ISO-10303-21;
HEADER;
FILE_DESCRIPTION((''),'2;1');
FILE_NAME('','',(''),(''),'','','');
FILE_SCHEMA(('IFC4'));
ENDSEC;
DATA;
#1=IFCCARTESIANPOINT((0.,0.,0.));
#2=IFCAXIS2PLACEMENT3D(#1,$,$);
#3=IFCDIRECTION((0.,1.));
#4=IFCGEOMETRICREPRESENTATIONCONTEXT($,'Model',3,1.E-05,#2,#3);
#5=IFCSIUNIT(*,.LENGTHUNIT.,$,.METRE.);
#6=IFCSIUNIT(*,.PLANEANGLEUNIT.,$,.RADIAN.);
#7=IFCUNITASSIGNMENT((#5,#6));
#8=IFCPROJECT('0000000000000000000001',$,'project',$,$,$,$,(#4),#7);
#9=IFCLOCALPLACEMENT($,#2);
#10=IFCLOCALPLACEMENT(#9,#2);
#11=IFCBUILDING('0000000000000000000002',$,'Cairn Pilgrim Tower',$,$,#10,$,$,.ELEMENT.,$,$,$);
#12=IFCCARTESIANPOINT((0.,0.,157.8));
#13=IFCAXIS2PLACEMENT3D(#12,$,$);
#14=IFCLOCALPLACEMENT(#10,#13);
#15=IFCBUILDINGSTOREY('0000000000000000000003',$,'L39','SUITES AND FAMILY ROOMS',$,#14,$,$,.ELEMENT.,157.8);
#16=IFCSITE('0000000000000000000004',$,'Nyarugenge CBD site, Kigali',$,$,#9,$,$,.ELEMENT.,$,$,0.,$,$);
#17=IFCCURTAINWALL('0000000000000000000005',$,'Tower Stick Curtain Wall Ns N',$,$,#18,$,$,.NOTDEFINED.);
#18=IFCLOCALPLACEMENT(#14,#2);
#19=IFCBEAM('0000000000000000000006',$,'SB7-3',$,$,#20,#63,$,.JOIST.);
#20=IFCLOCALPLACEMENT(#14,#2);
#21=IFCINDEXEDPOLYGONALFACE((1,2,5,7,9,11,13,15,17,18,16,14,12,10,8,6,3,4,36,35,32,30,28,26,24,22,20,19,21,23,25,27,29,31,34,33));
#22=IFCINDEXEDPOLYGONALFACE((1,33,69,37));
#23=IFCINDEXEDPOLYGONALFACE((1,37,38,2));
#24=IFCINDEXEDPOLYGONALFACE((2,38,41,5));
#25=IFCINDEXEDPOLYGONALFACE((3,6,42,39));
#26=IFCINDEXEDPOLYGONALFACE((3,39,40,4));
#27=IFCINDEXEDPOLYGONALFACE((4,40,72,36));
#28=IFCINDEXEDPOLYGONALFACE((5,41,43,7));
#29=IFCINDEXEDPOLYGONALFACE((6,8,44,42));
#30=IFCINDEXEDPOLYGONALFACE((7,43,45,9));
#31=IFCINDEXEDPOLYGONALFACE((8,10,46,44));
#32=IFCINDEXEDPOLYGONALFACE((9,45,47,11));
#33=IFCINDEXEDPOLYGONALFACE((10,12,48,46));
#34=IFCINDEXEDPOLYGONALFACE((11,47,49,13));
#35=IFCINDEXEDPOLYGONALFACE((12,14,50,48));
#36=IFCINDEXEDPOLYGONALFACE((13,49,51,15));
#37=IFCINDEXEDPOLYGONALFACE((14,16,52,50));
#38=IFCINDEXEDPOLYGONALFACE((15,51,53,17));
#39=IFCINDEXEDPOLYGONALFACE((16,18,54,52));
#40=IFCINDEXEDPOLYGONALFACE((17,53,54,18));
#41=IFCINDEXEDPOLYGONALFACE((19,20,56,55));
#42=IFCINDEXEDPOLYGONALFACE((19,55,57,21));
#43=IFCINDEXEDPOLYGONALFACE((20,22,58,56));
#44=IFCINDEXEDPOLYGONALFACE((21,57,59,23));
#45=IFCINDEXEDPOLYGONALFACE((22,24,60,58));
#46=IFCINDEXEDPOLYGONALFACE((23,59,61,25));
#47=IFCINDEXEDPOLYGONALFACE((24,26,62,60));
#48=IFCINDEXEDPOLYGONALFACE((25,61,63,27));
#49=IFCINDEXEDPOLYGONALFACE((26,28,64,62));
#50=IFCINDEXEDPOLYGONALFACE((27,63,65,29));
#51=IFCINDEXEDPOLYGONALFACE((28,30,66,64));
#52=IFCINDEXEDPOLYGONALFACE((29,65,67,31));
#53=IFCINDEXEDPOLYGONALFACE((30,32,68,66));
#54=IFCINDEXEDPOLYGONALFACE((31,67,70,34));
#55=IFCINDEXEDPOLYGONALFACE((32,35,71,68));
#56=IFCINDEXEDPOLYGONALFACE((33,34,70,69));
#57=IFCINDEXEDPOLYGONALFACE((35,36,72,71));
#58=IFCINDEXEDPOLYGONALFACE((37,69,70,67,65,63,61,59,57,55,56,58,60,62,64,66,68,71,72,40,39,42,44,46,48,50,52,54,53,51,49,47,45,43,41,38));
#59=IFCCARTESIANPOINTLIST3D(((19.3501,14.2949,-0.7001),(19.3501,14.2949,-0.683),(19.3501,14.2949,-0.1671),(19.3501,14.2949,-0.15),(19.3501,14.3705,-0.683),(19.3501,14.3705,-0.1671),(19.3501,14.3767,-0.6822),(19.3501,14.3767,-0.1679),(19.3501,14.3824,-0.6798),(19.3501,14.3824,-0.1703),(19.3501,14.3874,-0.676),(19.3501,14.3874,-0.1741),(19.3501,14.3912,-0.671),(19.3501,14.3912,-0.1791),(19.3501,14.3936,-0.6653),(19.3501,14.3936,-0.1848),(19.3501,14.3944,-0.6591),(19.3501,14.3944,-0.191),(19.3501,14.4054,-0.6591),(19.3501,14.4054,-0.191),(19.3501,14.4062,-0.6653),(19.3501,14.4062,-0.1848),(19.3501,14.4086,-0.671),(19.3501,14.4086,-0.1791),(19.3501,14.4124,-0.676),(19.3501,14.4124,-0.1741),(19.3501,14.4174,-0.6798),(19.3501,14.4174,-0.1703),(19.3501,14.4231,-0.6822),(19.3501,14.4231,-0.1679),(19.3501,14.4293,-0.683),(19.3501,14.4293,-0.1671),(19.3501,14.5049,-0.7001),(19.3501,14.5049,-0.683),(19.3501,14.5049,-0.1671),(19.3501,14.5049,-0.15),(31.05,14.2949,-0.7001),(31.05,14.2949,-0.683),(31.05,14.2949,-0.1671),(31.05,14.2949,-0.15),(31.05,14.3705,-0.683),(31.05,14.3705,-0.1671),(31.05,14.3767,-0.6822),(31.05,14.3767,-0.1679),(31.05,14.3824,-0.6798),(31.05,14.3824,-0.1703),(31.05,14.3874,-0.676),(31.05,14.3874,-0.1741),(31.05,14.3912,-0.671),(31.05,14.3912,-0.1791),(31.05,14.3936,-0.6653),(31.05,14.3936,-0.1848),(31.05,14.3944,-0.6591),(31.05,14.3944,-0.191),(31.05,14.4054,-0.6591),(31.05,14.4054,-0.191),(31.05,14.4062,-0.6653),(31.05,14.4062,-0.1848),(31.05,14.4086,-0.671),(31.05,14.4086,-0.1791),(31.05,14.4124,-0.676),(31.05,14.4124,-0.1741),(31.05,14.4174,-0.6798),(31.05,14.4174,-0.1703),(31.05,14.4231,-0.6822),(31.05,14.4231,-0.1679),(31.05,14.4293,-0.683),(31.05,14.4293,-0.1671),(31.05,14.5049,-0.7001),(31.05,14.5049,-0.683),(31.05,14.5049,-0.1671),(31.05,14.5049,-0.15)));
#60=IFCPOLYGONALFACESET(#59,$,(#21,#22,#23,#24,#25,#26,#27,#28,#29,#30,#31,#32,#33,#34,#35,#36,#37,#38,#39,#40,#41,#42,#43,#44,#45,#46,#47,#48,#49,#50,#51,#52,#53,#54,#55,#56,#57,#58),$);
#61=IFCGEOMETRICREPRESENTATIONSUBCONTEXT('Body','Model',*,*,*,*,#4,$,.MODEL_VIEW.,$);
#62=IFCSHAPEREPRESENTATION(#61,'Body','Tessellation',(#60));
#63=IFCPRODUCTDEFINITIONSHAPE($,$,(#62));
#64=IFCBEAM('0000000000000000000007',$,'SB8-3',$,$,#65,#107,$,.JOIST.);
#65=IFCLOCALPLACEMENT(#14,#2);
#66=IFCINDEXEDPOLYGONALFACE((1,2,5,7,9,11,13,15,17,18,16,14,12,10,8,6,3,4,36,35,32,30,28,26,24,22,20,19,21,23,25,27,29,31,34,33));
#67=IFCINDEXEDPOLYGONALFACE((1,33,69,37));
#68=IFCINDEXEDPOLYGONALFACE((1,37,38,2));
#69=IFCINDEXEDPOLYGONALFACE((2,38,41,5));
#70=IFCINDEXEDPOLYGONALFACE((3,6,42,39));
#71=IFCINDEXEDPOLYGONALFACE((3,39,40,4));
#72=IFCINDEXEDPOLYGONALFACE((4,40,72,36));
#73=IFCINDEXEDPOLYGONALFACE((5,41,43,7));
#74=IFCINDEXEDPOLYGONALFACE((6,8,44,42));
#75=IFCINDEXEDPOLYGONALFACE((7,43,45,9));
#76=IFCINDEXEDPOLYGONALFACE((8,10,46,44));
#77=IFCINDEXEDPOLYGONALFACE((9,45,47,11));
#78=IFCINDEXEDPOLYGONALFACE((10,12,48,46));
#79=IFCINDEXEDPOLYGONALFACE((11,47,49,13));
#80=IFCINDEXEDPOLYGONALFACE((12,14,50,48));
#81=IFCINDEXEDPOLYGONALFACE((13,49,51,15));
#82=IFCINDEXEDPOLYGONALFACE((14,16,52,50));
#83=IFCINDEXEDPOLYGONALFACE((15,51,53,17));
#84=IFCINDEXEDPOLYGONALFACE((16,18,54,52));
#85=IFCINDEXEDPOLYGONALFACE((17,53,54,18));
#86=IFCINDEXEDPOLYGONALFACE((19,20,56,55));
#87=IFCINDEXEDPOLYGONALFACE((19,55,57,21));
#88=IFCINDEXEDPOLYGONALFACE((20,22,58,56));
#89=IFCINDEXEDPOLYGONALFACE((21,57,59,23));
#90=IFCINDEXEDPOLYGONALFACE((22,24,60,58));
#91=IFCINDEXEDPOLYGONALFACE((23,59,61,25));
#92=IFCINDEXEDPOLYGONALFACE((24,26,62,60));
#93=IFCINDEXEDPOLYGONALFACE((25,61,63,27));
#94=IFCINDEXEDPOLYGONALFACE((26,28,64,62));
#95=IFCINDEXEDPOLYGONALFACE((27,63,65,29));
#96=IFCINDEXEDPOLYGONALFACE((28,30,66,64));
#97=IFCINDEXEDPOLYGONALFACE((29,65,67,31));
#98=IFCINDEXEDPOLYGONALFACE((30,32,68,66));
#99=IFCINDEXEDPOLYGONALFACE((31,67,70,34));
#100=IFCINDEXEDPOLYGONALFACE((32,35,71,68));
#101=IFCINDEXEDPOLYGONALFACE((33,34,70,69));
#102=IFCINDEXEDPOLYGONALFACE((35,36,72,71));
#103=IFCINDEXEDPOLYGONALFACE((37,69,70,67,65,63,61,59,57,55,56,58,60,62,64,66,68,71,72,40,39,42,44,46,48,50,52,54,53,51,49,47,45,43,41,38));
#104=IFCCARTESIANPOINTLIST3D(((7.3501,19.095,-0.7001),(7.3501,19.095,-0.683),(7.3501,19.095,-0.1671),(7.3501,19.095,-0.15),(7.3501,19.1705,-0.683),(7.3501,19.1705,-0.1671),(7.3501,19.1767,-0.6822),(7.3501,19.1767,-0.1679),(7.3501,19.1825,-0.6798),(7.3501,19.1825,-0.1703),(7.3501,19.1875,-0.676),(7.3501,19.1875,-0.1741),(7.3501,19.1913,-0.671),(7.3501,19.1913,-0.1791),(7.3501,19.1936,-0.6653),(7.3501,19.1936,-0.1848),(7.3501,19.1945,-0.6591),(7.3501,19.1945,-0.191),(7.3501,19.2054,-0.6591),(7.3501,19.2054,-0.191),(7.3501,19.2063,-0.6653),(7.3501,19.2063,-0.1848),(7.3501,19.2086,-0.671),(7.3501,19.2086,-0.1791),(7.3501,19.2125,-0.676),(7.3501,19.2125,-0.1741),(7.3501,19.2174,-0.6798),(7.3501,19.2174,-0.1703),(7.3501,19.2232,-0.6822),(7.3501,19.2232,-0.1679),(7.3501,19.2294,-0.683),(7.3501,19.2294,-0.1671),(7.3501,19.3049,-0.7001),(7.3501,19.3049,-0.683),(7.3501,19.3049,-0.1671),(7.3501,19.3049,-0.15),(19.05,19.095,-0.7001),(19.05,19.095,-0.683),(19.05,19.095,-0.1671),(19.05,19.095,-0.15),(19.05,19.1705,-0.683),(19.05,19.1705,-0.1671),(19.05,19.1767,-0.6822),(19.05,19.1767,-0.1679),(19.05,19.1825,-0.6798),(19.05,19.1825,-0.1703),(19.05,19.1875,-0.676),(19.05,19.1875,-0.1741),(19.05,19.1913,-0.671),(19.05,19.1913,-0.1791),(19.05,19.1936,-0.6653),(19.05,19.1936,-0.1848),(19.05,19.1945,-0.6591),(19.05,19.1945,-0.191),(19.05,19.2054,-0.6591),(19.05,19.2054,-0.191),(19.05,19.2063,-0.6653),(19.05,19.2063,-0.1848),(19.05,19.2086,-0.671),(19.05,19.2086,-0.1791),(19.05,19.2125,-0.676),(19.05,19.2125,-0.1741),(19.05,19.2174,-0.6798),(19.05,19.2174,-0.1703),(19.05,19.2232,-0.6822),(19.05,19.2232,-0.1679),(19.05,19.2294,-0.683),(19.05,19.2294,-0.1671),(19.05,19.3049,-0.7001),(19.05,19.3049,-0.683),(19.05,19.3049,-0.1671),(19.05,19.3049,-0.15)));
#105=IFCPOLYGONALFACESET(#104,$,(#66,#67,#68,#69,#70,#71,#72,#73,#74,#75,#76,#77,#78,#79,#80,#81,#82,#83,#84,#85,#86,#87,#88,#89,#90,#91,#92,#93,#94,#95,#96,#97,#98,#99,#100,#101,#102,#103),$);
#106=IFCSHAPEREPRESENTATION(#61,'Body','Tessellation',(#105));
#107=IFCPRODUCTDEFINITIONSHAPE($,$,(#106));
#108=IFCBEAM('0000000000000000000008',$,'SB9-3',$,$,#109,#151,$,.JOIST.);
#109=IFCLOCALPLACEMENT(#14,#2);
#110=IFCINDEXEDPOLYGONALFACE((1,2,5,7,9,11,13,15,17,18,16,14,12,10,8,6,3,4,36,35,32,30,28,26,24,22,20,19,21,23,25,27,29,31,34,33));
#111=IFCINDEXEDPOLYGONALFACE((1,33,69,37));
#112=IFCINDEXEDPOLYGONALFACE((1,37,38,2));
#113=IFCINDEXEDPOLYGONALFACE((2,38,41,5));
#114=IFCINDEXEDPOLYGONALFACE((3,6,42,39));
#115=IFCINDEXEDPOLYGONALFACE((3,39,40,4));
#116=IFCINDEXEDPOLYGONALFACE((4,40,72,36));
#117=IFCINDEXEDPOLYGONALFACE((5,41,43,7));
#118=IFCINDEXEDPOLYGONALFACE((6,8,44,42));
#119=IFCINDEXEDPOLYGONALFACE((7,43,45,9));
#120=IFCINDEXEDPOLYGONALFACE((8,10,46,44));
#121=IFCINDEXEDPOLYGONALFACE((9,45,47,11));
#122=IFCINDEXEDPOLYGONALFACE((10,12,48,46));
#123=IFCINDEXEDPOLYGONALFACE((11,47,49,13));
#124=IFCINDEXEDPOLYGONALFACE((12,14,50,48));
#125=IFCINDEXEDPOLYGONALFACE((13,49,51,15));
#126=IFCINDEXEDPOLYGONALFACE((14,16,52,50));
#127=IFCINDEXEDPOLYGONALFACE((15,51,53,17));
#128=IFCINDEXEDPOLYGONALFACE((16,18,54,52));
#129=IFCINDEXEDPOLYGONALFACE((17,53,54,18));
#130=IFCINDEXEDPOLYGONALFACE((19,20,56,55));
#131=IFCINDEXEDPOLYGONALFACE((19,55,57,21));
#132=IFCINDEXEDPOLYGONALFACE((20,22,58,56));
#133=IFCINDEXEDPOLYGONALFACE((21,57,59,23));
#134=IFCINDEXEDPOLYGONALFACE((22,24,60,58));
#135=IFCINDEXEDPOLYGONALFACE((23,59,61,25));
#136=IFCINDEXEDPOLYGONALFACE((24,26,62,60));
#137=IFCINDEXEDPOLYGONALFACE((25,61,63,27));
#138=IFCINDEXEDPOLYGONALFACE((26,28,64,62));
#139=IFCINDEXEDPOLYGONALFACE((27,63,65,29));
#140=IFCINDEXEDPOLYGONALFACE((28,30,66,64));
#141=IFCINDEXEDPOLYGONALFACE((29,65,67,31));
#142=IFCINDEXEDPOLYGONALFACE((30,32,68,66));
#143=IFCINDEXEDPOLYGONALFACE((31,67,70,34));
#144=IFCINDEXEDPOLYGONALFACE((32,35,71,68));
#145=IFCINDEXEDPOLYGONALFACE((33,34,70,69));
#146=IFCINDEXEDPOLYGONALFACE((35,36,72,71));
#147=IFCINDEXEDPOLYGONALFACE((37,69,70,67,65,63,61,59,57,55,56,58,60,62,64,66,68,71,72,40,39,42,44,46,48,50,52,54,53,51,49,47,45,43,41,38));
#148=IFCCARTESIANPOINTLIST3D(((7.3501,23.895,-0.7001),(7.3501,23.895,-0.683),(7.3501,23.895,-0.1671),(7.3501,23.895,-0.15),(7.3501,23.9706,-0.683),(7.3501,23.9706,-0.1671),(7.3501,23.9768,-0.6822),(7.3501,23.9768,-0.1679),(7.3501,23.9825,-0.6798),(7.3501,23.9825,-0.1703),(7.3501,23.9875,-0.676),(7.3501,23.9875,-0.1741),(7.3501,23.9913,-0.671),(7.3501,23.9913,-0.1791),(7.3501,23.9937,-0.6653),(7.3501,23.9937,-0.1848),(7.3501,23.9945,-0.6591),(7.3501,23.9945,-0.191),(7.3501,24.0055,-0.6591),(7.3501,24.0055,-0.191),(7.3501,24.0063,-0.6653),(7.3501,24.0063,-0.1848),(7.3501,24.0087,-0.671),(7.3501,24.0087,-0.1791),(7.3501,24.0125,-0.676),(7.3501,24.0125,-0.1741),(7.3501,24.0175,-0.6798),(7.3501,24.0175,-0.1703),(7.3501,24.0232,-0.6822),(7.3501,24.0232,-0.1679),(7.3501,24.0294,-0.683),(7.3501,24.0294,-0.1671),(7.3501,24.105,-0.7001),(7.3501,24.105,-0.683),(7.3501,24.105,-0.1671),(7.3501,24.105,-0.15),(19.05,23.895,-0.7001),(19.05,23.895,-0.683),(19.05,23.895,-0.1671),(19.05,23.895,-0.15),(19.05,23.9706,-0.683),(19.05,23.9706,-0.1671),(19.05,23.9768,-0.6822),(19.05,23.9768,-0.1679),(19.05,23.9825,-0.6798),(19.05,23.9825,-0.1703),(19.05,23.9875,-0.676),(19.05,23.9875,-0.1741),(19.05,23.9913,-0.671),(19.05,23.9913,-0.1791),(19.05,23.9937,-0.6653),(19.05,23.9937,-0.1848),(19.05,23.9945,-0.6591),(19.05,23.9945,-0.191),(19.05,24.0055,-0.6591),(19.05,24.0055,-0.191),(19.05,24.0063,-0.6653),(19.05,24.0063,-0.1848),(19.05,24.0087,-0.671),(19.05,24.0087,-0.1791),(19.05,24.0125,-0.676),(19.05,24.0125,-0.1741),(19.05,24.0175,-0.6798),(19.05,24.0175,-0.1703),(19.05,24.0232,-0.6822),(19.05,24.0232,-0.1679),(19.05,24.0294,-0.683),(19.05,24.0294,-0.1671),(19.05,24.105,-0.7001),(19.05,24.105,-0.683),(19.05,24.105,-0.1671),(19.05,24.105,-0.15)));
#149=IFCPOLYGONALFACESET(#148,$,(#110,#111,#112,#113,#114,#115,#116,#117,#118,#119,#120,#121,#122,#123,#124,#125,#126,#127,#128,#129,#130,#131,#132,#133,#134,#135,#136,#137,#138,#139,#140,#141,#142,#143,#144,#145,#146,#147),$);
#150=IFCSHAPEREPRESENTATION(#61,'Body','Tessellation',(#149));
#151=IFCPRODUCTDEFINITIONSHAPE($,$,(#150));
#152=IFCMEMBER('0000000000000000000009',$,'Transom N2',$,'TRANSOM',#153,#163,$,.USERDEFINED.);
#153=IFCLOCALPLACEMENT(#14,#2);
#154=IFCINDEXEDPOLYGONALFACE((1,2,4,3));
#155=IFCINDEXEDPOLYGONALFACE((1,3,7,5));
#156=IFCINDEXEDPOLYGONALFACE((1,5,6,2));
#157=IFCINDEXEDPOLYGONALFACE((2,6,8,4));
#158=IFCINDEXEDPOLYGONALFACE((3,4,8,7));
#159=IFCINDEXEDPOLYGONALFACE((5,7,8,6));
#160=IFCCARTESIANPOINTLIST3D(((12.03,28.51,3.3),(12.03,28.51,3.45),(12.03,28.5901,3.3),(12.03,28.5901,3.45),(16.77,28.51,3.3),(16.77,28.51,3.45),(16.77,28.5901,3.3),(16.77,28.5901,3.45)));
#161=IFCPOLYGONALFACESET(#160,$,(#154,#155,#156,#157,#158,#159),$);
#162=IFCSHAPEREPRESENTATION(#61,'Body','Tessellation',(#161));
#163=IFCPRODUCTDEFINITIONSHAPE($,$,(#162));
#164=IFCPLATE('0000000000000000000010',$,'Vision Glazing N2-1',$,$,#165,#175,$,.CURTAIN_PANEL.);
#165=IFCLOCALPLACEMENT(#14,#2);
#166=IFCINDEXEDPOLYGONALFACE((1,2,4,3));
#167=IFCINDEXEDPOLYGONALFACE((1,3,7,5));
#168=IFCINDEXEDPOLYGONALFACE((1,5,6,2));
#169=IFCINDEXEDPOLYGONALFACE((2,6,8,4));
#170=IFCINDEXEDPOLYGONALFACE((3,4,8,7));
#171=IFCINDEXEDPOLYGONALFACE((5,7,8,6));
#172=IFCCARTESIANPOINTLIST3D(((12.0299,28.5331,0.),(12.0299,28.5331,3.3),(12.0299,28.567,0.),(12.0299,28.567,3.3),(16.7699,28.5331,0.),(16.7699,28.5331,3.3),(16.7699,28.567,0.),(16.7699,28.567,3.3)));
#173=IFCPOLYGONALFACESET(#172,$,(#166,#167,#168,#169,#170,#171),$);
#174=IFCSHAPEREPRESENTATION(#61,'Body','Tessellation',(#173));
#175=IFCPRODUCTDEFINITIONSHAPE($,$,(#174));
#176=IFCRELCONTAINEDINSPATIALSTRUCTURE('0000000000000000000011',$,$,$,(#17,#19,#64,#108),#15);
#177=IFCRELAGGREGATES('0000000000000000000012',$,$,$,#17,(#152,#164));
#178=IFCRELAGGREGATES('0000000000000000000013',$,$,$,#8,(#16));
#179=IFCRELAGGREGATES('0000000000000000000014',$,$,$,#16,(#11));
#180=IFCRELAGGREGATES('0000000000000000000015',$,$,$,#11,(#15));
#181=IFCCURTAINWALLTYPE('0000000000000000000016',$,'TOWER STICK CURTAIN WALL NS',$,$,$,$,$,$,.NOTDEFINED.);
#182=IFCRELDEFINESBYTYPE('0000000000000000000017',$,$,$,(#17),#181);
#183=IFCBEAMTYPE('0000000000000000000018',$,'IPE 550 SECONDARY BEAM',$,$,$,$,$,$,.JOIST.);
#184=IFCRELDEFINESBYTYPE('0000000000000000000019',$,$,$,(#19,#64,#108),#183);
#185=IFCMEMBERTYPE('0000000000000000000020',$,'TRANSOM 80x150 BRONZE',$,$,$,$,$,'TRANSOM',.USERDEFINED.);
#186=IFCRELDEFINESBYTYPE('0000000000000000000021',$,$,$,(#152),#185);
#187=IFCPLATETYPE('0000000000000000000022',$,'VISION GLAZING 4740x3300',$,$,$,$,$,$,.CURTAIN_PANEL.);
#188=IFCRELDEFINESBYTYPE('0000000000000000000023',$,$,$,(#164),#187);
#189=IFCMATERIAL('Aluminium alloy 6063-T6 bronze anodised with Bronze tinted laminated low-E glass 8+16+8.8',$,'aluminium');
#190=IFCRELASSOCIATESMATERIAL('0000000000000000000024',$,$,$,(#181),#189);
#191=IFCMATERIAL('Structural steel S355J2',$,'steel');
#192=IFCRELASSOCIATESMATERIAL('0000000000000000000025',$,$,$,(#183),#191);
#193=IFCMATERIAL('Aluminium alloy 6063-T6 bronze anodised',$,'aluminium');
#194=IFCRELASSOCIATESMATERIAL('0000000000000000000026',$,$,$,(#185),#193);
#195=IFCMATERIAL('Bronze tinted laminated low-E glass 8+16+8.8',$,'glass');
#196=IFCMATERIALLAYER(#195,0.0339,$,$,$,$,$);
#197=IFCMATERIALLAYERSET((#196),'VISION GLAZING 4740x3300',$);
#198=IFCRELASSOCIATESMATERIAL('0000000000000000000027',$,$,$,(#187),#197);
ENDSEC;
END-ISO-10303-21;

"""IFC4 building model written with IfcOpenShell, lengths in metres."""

from ifc_helpers import new_model, si_unit, direction, frame, origin, origin_2d, place, context, subcontext, project, spatial, rectangle, i_section, extrude, material, layer, layer_set, material_profile, profile_set, type_object, element, aggregate, save


model = new_model("IFC4")

# Units and contexts
model_context = context("Model", 3, precision=1e-05, world=origin(), true_north=direction((0.0, 1.0)))
body_context = subcontext(model_context, "Body", "Model", "MODEL_VIEW")
ifc_project = project(units=[si_unit("LENGTHUNIT", "METRE"), si_unit("PLANEANGLEUNIT", "RADIAN")], contexts=[model_context])

# Site, building, storey
site_placement = place(None, origin())
site = spatial("IfcSite", under=ifc_project, at=site_placement, Name="Nyarugenge CBD site, Kigali", CompositionType="ELEMENT", RefElevation=0.0)
building_placement = place(site_placement, origin())
building = spatial("IfcBuilding", under=site, at=building_placement, Name="Cairn Pilgrim Tower", CompositionType="ELEMENT")
storey_placement = place(building_placement, frame((0.0, 0.0, 157.8)))
storey = spatial("IfcBuildingStorey", under=building, at=storey_placement, Name="L39", Description="SUITES AND FAMILY ROOMS", CompositionType="ELEMENT", Elevation=157.8)

# Curtain wall
ifc_material_1 = material(Name="Aluminium alloy 6063-T6 bronze anodised with Bronze tinted laminated low-E glass 8+16+8.8", Category="aluminium")
curtain_wall_type = type_object("IfcCurtainWallType", Name="TOWER STICK CURTAIN WALL NS", PredefinedType="NOTDEFINED", material=ifc_material_1)
curtain_wall_placement = place(storey_placement, origin())
curtain_wall = element("IfcCurtainWall", 1, at=curtain_wall_placement, inside=storey, type_object=curtain_wall_type, Name="Tower Stick Curtain Wall Ns N", PredefinedType="NOTDEFINED")
ifc_material_2 = material(Name="Aluminium alloy 6063-T6 bronze anodised", Category="aluminium")

# Beams
ifc_material_3 = material(Name="Structural steel S355J2", Category="steel")
ifc_material_profile_1 = material_profile(ifc_material_3, i_section(OverallWidth=0.21, OverallDepth=0.55, WebThickness=0.011, FlangeThickness=0.0171, FilletRadius=0.0239, at=origin_2d()), Name="IPE 550")
ifc_profile_set_1 = profile_set([ifc_material_profile_1], Name="Structural steel S355J2")
beam_type_1 = type_object("IfcBeamType", Name="IPE 550 SECONDARY BEAM", PredefinedType="JOIST", material=ifc_profile_set_1)
for number, where, z_axis, x_axis, name in (
    (2, (19.3501, 14.3999, -0.425), (1.0, 0.0, 0.0), (0.0, 1.0, 0.0), "SB7-3"),
    (3, (7.3501, 19.2, -0.425), (1.0, 0.0, 0.0), (0.0, 1.0, 0.0), "SB8-3"),
    (4, (7.3501, 24.0, -0.425), (1.0, 0.0, 0.0), (0.0, 1.0, 0.0), "SB9-3"),
):
    element("IfcBeam", number, at=place(storey_placement, frame(where, z_axis=z_axis, x_axis=x_axis)), inside=storey, type_object=beam_type_1, Name=name, PredefinedType="JOIST", context=body_context, shape_type="SweptSolid", body=[
        extrude(i_section(OverallWidth=0.21, OverallDepth=0.55, WebThickness=0.011, FlangeThickness=0.0171, FilletRadius=0.0239, at=origin_2d()), origin(), (0.0, 0.0, 1.0), 11.7),
    ])

# Member
ifc_material_profile_2 = material_profile(ifc_material_2, rectangle(XDim=0.0801, YDim=0.1499, at=origin_2d()), Name="TRANSOM 80x150 BRONZE")
ifc_profile_set_2 = profile_set([ifc_material_profile_2], Name="Aluminium alloy 6063-T6 bronze anodised")
member_type_1 = type_object("IfcMemberType", Name="TRANSOM 80x150 BRONZE", ElementType="TRANSOM", PredefinedType="USERDEFINED", material=ifc_profile_set_2)
member_1_placement = place(storey_placement, frame((16.77, 28.55, 3.375), z_axis=(-1.0, 0.0, 0.0), x_axis=(0.0, -1.0, 0.0)))
member_1 = element("IfcMember", 5, at=member_1_placement, type_object=member_type_1, Name="Transom N2", ObjectType="TRANSOM", PredefinedType="USERDEFINED", context=body_context, shape_type="SweptSolid", body=[
    extrude(rectangle(XDim=0.0801, YDim=0.1499, at=origin_2d()), origin(), (0.0, 0.0, 1.0), 4.74),
])

# Plate
ifc_material_4 = material(Name="Bronze tinted laminated low-E glass 8+16+8.8", Category="glass")
ifc_layer_1 = layer(ifc_material_4, 0.0339)
ifc_layer_set_1 = layer_set([ifc_layer_1], Name="VISION GLAZING 4740x3300")
plate_type = type_object("IfcPlateType", Name="VISION GLAZING 4740x3300", PredefinedType="CURTAIN_PANEL", material=ifc_layer_set_1)
plate_placement = place(storey_placement, frame((14.3999, 28.55, 0.0), z_axis=(0.0, 0.0, 1.0), x_axis=(-1.0, 0.0, 0.0)))
plate = element("IfcPlate", 6, at=plate_placement, type_object=plate_type, Name="Vision Glazing N2-1", PredefinedType="CURTAIN_PANEL", context=body_context, shape_type="SweptSolid", body=[
    extrude(rectangle(XDim=4.74, YDim=0.0339, at=origin_2d()), origin(), (0.0, 0.0, 1.0), 3.3),
])
aggregate(curtain_wall, [member_1, plate])

save(model, "model.ifc")
